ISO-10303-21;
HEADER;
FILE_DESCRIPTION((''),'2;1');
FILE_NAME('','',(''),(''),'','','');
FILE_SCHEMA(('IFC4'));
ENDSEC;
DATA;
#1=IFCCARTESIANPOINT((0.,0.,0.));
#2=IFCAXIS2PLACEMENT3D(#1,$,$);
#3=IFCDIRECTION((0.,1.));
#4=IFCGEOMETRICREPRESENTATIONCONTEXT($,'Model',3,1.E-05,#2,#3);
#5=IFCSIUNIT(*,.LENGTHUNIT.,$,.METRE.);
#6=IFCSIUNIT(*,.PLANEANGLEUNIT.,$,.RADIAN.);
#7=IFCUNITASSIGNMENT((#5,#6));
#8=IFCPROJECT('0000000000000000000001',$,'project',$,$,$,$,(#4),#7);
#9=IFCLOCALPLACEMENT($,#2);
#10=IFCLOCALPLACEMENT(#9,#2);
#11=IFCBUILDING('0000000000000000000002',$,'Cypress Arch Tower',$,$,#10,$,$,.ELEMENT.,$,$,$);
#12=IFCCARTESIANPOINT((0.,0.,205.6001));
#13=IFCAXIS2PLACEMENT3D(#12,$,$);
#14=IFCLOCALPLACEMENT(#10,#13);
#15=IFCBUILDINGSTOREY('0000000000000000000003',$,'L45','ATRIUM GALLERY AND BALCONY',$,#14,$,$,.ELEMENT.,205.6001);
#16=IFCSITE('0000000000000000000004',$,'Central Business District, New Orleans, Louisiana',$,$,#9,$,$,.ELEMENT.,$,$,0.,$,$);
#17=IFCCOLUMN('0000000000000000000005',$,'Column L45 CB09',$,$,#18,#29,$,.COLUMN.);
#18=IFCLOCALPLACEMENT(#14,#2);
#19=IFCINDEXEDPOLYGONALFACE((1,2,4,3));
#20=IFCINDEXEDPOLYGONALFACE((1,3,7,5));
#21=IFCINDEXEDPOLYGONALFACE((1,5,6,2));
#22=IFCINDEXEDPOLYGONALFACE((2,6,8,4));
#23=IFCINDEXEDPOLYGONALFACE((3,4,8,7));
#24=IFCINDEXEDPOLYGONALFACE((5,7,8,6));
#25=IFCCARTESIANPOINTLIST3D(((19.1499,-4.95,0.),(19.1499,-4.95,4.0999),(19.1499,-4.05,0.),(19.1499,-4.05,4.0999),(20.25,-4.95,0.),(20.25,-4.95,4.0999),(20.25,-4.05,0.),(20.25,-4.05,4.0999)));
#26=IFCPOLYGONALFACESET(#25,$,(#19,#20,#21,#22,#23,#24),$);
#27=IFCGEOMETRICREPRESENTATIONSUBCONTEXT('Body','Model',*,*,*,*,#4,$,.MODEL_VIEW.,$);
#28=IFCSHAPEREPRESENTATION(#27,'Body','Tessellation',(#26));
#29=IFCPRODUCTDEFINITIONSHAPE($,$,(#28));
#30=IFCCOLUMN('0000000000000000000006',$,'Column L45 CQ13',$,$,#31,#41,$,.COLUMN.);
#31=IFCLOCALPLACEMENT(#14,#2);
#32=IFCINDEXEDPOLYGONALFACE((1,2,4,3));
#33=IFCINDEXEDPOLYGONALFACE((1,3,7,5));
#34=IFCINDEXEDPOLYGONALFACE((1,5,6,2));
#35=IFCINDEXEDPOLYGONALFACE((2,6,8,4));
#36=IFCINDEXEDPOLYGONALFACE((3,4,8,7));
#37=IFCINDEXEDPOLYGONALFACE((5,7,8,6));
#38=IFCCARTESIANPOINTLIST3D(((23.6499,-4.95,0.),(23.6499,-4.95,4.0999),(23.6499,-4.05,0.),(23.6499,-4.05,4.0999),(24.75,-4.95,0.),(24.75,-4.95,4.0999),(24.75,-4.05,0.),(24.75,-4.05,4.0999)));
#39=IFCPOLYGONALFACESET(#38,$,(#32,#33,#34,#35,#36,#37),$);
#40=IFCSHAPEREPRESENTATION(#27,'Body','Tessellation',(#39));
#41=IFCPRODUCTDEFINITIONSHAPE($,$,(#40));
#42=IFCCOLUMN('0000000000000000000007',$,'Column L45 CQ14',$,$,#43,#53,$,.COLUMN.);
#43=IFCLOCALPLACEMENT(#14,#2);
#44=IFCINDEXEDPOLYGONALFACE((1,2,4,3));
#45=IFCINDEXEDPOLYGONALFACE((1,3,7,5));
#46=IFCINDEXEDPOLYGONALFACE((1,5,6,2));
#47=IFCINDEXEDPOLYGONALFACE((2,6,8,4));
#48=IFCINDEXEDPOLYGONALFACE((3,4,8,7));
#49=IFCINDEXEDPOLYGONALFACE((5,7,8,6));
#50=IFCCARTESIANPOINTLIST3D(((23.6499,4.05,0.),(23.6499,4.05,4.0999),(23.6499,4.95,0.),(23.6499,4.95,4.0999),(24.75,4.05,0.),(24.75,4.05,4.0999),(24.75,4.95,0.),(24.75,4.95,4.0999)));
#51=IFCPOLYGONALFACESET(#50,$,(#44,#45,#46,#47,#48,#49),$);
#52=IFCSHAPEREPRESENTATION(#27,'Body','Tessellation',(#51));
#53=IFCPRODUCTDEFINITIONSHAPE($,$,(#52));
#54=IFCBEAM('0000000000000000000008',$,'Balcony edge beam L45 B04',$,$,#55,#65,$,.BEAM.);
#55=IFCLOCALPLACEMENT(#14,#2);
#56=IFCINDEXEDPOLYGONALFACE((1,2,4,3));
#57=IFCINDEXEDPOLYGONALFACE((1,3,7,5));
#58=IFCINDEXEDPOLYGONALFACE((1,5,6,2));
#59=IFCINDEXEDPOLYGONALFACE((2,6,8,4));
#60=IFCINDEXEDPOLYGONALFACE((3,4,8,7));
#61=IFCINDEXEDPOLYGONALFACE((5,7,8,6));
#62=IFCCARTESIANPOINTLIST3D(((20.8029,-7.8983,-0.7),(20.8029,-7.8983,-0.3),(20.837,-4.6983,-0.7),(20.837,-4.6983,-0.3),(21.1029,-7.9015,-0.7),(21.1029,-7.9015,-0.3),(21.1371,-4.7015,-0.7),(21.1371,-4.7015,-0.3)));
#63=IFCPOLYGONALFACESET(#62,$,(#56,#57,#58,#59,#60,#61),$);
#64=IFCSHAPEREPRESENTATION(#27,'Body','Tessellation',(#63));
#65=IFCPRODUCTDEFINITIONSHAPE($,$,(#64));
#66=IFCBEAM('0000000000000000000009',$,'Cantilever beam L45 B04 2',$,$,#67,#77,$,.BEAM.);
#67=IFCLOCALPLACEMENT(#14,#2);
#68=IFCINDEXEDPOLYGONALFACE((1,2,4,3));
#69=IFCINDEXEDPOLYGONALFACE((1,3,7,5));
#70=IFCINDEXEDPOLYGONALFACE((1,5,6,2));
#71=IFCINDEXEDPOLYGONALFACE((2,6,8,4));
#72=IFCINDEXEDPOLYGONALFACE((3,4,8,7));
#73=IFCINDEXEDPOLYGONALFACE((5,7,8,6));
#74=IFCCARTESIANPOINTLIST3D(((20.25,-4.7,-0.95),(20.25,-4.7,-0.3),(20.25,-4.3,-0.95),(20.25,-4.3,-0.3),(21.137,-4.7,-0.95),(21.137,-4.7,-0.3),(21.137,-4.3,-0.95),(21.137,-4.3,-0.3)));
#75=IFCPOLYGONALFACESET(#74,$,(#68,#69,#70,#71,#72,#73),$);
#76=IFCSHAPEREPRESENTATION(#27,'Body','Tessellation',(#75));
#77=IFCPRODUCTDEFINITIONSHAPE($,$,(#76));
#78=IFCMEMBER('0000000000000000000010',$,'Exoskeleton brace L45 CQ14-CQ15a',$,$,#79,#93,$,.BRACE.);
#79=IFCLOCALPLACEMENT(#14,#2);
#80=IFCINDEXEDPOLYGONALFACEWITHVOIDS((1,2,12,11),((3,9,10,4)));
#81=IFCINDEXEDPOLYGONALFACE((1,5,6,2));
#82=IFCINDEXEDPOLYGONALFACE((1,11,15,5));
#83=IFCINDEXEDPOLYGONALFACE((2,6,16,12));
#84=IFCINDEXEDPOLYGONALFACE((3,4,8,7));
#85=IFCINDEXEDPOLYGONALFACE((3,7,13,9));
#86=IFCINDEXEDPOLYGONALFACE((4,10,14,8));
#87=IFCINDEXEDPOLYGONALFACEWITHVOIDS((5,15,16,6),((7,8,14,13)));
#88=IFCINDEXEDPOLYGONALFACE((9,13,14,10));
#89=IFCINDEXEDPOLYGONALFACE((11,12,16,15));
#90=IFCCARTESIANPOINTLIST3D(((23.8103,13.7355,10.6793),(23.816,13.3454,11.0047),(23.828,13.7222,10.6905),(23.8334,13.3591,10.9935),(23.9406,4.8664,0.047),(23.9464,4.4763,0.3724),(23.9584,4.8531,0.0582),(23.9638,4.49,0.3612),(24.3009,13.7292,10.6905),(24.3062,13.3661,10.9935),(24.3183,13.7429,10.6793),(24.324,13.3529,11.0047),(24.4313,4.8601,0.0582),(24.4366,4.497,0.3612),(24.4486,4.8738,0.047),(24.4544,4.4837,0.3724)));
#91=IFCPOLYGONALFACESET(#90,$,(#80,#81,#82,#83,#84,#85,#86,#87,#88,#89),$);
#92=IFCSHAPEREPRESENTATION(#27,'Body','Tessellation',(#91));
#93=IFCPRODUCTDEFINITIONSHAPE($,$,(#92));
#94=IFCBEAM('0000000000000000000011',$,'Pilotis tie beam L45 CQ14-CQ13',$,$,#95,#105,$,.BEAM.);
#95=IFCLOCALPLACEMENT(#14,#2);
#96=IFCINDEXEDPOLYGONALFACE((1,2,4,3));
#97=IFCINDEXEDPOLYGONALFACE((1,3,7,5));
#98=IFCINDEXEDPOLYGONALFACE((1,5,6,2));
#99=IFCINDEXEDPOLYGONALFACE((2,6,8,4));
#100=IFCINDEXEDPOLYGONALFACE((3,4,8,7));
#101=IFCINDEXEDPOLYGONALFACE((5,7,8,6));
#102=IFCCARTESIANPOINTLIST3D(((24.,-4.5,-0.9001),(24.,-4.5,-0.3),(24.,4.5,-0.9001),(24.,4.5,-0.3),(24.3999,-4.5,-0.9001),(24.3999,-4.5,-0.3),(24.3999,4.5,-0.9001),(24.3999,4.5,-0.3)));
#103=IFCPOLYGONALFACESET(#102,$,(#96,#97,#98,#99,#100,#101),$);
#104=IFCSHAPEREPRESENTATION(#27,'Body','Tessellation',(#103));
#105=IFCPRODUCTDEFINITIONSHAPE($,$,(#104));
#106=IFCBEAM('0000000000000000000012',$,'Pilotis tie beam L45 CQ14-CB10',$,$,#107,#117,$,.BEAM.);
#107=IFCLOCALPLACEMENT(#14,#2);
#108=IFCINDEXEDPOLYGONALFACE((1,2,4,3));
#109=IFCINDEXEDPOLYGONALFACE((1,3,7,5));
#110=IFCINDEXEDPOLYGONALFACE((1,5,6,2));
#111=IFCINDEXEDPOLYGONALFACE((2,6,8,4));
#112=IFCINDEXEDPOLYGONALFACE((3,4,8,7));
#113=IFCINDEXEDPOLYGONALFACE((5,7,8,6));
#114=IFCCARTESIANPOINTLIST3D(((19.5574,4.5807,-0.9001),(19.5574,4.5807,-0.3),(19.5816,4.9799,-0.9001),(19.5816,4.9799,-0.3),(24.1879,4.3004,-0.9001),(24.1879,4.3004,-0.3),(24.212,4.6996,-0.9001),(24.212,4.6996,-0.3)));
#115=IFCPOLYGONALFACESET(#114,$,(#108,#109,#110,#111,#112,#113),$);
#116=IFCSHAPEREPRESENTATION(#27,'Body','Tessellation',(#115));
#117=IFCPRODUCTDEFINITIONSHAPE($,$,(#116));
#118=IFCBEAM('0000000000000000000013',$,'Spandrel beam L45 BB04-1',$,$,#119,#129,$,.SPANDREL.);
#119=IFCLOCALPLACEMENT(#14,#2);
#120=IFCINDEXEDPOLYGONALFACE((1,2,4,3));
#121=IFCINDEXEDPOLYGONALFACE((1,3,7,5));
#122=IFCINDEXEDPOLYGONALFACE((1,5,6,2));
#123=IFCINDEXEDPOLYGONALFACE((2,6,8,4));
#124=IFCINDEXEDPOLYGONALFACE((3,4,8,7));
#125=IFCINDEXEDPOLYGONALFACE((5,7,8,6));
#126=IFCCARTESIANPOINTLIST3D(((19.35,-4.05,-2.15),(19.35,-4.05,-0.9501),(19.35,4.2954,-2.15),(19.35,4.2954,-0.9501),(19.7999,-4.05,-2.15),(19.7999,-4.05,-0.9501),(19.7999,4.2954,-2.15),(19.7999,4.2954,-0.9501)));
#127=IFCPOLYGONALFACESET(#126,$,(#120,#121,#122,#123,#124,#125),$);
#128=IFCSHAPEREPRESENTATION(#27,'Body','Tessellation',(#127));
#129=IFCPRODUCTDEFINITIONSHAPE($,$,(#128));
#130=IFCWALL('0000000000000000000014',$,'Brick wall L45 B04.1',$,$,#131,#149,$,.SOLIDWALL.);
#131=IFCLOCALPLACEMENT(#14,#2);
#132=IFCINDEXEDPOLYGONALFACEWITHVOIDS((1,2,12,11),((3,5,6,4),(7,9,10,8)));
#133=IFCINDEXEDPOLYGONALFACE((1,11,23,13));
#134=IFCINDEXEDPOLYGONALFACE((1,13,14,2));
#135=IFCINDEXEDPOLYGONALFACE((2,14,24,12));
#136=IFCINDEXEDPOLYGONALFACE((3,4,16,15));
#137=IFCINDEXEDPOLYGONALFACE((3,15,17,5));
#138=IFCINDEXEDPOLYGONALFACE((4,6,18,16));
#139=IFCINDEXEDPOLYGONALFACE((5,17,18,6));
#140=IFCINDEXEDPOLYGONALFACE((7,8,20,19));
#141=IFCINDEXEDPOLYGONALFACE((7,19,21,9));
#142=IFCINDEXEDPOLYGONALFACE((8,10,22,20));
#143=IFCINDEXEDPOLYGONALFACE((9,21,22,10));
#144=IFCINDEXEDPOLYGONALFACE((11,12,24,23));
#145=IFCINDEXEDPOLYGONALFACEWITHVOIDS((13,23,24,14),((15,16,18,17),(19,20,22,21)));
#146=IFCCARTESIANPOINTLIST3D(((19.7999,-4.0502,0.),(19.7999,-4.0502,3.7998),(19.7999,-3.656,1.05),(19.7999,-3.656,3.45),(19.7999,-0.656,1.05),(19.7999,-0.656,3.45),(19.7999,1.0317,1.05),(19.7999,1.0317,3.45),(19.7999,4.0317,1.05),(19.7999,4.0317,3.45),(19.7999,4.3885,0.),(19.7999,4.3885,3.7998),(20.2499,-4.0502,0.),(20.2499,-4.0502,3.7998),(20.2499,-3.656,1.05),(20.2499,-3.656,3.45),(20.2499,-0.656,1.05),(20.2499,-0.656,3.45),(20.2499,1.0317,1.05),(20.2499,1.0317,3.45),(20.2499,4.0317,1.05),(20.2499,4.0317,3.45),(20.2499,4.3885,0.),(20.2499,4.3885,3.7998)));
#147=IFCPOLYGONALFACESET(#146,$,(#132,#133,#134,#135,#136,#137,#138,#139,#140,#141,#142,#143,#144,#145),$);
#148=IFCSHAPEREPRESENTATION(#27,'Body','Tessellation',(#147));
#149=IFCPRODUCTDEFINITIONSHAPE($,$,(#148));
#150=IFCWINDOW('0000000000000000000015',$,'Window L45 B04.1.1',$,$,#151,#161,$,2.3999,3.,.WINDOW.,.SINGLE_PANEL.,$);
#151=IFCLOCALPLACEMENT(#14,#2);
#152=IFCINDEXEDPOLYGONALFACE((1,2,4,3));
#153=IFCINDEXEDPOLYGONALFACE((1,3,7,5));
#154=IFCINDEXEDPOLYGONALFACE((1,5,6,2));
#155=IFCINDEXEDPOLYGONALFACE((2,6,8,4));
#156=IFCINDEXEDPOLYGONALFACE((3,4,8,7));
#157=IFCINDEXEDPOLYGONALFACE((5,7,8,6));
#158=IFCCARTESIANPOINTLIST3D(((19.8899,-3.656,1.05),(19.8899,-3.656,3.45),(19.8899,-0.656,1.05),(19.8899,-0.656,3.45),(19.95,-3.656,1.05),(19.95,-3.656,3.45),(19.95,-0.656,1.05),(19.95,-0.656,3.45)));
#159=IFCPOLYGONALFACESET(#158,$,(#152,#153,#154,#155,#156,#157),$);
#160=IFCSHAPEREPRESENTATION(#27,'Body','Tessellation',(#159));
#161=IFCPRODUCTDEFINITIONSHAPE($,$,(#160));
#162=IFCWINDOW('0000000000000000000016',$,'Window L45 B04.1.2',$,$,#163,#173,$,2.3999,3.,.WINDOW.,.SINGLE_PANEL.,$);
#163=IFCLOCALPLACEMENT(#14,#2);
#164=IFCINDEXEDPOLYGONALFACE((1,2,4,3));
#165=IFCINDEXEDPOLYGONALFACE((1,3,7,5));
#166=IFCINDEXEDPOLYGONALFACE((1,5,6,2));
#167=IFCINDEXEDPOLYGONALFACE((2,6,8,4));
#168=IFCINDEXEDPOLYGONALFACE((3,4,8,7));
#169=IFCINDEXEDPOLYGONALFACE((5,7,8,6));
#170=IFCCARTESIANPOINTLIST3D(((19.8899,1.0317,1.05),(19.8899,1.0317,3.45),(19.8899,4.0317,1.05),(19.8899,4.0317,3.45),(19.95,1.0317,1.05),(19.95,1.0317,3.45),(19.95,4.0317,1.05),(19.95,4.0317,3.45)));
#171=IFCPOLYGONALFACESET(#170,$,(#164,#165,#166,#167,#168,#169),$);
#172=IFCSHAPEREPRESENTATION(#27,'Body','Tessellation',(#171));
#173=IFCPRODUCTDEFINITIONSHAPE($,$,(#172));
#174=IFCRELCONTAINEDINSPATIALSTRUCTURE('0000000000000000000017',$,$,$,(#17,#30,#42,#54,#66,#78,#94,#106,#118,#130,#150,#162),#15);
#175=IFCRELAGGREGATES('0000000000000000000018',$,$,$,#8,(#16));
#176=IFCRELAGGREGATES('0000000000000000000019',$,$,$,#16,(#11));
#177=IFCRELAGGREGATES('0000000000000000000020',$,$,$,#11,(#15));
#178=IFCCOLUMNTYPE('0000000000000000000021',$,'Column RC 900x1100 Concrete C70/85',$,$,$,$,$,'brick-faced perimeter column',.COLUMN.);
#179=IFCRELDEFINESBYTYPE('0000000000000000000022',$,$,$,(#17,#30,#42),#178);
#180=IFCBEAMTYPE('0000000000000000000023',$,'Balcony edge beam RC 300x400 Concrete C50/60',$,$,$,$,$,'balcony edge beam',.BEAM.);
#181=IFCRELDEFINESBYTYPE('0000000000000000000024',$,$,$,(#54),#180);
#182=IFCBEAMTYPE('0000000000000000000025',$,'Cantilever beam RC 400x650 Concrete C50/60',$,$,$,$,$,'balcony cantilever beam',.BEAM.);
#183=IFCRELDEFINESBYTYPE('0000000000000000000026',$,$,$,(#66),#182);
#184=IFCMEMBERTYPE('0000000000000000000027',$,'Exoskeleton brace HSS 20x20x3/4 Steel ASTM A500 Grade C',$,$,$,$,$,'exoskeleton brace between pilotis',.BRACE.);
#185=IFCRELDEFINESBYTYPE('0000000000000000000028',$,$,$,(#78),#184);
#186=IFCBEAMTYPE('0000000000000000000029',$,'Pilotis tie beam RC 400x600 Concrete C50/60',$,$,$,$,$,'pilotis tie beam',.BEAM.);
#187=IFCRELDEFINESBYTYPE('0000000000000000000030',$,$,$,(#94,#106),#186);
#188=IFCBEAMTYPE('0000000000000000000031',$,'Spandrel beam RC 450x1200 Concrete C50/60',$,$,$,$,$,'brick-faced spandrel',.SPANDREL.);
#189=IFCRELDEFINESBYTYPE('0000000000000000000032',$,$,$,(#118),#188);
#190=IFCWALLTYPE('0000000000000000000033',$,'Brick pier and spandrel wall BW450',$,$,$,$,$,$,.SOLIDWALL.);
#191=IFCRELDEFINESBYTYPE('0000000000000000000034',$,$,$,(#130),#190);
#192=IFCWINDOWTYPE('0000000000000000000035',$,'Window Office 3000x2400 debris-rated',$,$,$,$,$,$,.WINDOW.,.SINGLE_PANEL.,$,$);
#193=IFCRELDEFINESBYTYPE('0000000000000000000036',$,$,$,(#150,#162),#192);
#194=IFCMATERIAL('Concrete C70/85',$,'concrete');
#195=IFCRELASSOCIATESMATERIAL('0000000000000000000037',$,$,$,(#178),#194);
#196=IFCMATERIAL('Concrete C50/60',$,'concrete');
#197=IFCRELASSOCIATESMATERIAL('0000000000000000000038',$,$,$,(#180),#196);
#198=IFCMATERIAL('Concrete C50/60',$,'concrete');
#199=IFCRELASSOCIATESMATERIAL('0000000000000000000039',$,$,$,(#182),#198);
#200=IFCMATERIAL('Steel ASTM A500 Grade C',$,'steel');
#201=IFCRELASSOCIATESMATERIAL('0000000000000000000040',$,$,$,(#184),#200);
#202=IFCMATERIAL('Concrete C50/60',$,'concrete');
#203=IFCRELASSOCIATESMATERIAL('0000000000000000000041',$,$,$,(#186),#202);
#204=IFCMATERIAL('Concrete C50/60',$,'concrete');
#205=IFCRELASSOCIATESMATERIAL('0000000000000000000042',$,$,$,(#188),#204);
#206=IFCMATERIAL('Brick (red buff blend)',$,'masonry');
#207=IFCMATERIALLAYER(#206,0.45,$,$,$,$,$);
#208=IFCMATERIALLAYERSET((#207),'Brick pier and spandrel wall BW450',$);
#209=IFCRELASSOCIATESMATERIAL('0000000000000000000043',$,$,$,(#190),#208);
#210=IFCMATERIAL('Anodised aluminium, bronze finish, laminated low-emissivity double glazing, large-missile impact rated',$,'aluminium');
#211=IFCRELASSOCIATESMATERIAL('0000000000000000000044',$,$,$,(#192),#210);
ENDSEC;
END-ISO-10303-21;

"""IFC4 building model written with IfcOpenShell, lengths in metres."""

from ifc_helpers import new_model, si_unit, direction, frame, frame_2d, origin, origin_2d, place, context, subcontext, project, spatial, rectangle, hollow_rectangle, extrude, material, layer, layer_set, material_profile, profile_set, type_object, element, fill, save


model = new_model("IFC4")

# Units and contexts
model_context = context("Model", 3, precision=1e-05, world=origin(), true_north=direction((0.0, 1.0)))
body_context = subcontext(model_context, "Body", "Model", "MODEL_VIEW")
ifc_project = project(units=[si_unit("LENGTHUNIT", "METRE"), si_unit("PLANEANGLEUNIT", "RADIAN")], contexts=[model_context])

# Site, building, storey
site_placement = place(None, origin())
site = spatial("IfcSite", under=ifc_project, at=site_placement, Name="Central Business District, New Orleans, Louisiana", CompositionType="ELEMENT", RefElevation=0.0)
building_placement = place(site_placement, origin())
building = spatial("IfcBuilding", under=site, at=building_placement, Name="Cypress Arch Tower", CompositionType="ELEMENT")
storey_placement = place(building_placement, frame((0.0, 0.0, 205.6001)))
storey = spatial("IfcBuildingStorey", under=building, at=storey_placement, Name="L45", Description="ATRIUM GALLERY AND BALCONY", CompositionType="ELEMENT", Elevation=205.6001)

# Columns
ifc_material_1 = material(Name="Concrete C70/85", Category="concrete")
ifc_material_profile_1 = material_profile(ifc_material_1, rectangle(XDim=0.8999, YDim=1.1001, at=origin_2d()), Name="RC 900x1100")
ifc_profile_set_1 = profile_set([ifc_material_profile_1], Name="Concrete C70/85")
column_type = type_object("IfcColumnType", Name="Column RC 900x1100 Concrete C70/85", ElementType="brick-faced perimeter column", PredefinedType="COLUMN", material=ifc_profile_set_1)
for number, where, z_axis, x_axis, name in (
    (1, (19.7, -4.5, 0.0), (0.0, 0.0, 1.0), (0.0, 1.0, 0.0), "Column L45 CB09"),
    (2, (24.2, -4.5, 0.0), (0.0, 0.0, 1.0), (0.0, 1.0, 0.0), "Column L45 CQ13"),
    (3, (24.2, 4.5, 0.0), (0.0, 0.0, 1.0), (0.0, 1.0, 0.0), "Column L45 CQ14"),
):
    element("IfcColumn", number, at=place(storey_placement, frame(where, z_axis=z_axis, x_axis=x_axis)), inside=storey, type_object=column_type, Name=name, PredefinedType="COLUMN", context=body_context, shape_type="SweptSolid", body=[
        extrude(rectangle(XDim=0.8999, YDim=1.1001, at=origin_2d()), origin(), (0.0, 0.0, 1.0), 4.0999),
    ])

# Beams
ifc_material_2 = material(Name="Concrete C50/60", Category="concrete")
ifc_material_profile_2 = material_profile(ifc_material_2, rectangle(XDim=0.3, YDim=0.3999, at=origin_2d()), Name="RC 300x400")
ifc_profile_set_2 = profile_set([ifc_material_profile_2], Name="Concrete C50/60")
beam_type_1 = type_object("IfcBeamType", Name="Balcony edge beam RC 300x400 Concrete C50/60", ElementType="balcony edge beam", PredefinedType="BEAM", material=ifc_profile_set_2)
beam_1_placement = place(storey_placement, frame((20.9529, -7.8999, -0.5), z_axis=(0.010681, 0.999943, 0.0), x_axis=(-0.999943, 0.010681, 0.0)))
element("IfcBeam", 4, at=beam_1_placement, inside=storey, type_object=beam_type_1, Name="Balcony edge beam L45 B04", PredefinedType="BEAM", context=body_context, shape_type="SweptSolid", body=[
    extrude(rectangle(XDim=0.3, YDim=0.3999, at=origin_2d()), origin(), (0.0, 0.0, 1.0), 3.2002),
])
ifc_material_3 = material(Name="Concrete C50/60", Category="concrete")
ifc_material_profile_3 = material_profile(ifc_material_3, rectangle(XDim=0.3999, YDim=0.6499, at=origin_2d()), Name="RC 400x650")
ifc_profile_set_3 = profile_set([ifc_material_profile_3], Name="Concrete C50/60")
beam_type_2 = type_object("IfcBeamType", Name="Cantilever beam RC 400x650 Concrete C50/60", ElementType="balcony cantilever beam", PredefinedType="BEAM", material=ifc_profile_set_3)
beam_2_placement = place(storey_placement, frame((20.25, -4.5, -0.625), z_axis=(1.0, 0.0, 0.0), x_axis=(0.0, 1.0, 0.0)))
element("IfcBeam", 5, at=beam_2_placement, inside=storey, type_object=beam_type_2, Name="Cantilever beam L45 B04 2", PredefinedType="BEAM", context=body_context, shape_type="SweptSolid", body=[
    extrude(rectangle(XDim=0.3999, YDim=0.6499, at=origin_2d()), origin(), (0.0, 0.0, 1.0), 0.887),
])

# Member
ifc_material_4 = material(Name="Steel ASTM A500 Grade C", Category="steel")
ifc_material_profile_4 = material_profile(ifc_material_4, hollow_rectangle(XDim=0.5081, YDim=0.5081, WallThickness=0.0176, at=origin_2d()), Name="HSS 20x20x3/4")
ifc_profile_set_4 = profile_set([ifc_material_profile_4], Name="Steel ASTM A500 Grade C")
member_type = type_object("IfcMemberType", Name="Exoskeleton brace HSS 20x20x3/4 Steel ASTM A500 Grade C", ElementType="exoskeleton brace between pilotis", PredefinedType="BRACE", material=ifc_profile_set_4)
member_placement = place(storey_placement, frame((24.1975, 4.675, 0.2097), z_axis=(-0.009415, 0.640534, 0.767872), x_axis=(-0.999892, -0.014698, 0.0)))
element("IfcMember", 6, at=member_placement, inside=storey, type_object=member_type, Name="Exoskeleton brace L45 CQ14-CQ15a", PredefinedType="BRACE", context=body_context, shape_type="SweptSolid", body=[
    extrude(hollow_rectangle(XDim=0.5081, YDim=0.5081, WallThickness=0.0176, at=origin_2d()), origin(), (0.0, 0.0, 1.0), 13.8464),
])

# Beams
ifc_material_5 = material(Name="Concrete C50/60", Category="concrete")
ifc_material_profile_5 = material_profile(ifc_material_5, rectangle(XDim=0.3999, YDim=0.6001, at=origin_2d()), Name="RC 400x600")
ifc_profile_set_5 = profile_set([ifc_material_profile_5], Name="Concrete C50/60")
beam_type_3 = type_object("IfcBeamType", Name="Pilotis tie beam RC 400x600 Concrete C50/60", ElementType="pilotis tie beam", PredefinedType="BEAM", material=ifc_profile_set_5)
beam_3_placement = place(storey_placement, frame((24.2, 4.5, -0.6001), z_axis=(0.0, -1.0, 0.0), x_axis=(1.0, 0.0, 0.0)))
element("IfcBeam", 7, at=beam_3_placement, inside=storey, type_object=beam_type_3, Name="Pilotis tie beam L45 CQ14-CQ13", PredefinedType="BEAM", context=body_context, shape_type="SweptSolid", body=[
    extrude(rectangle(XDim=0.3999, YDim=0.6001, at=origin_2d()), origin(), (0.0, 0.0, 1.0), 9.0),
])
beam_4_placement = place(storey_placement, frame((24.2, 4.5, -0.6001), z_axis=(-0.998173, 0.060419, 0.0), x_axis=(-0.060419, -0.998173, 0.0)))
element("IfcBeam", 8, at=beam_4_placement, inside=storey, type_object=beam_type_3, Name="Pilotis tie beam L45 CQ14-CB10", PredefinedType="BEAM", context=body_context, shape_type="SweptSolid", body=[
    extrude(rectangle(XDim=0.3999, YDim=0.6001, at=origin_2d()), origin(), (0.0, 0.0, 1.0), 4.6389),
])
ifc_material_6 = material(Name="Concrete C50/60", Category="concrete")
ifc_material_profile_6 = material_profile(ifc_material_6, rectangle(XDim=0.45, YDim=1.2, at=origin_2d()), Name="RC 450x1200")
ifc_profile_set_6 = profile_set([ifc_material_profile_6], Name="Concrete C50/60")
beam_type_4 = type_object("IfcBeamType", Name="Spandrel beam RC 450x1200 Concrete C50/60", ElementType="brick-faced spandrel", PredefinedType="SPANDREL", material=ifc_profile_set_6)
beam_5_placement = place(storey_placement, frame((19.575, -4.05, -1.55), z_axis=(0.0, 1.0, 0.0), x_axis=(-1.0, 0.0, 0.0)))
element("IfcBeam", 9, at=beam_5_placement, inside=storey, type_object=beam_type_4, Name="Spandrel beam L45 BB04-1", PredefinedType="SPANDREL", context=body_context, shape_type="SweptSolid", body=[
    extrude(rectangle(XDim=0.45, YDim=1.2, at=origin_2d()), origin(), (0.0, 0.0, 1.0), 8.3455),
])

# Wall, openings, windows
ifc_material_7 = material(Name="Brick (red buff blend)", Category="masonry")
ifc_layer_1 = layer(ifc_material_7, 0.45)
ifc_layer_set_1 = layer_set([ifc_layer_1], Name="Brick pier and spandrel wall BW450")
wall_type_1 = type_object("IfcWallType", Name="Brick pier and spandrel wall BW450", PredefinedType="SOLIDWALL", material=ifc_layer_set_1)
wall_1_placement = place(storey_placement, frame((20.0249, -4.05, 0.0), z_axis=(0.0, 0.0, 1.0), x_axis=(0.0, 1.0, 0.0)))
wall_1 = element("IfcWall", 10, at=wall_1_placement, inside=storey, type_object=wall_type_1, Name="Brick wall L45 B04.1", PredefinedType="SOLIDWALL", context=body_context, shape_type="SweptSolid", body=[
    extrude(rectangle(XDim=8.4387, YDim=0.45, at=frame_2d((4.2192, 0.0))), origin(), (0.0, 0.0, 1.0), 3.7998),
])
opening_1_placement = place(wall_1_placement, frame((0.394, 0.0, 1.05)))
opening_1 = element("IfcOpeningElement", 11, at=opening_1_placement, cuts=wall_1, PredefinedType="OPENING", context=body_context, shape_type="SweptSolid", body=[
    extrude(rectangle(XDim=3.0, YDim=2.3999, at=frame_2d((1.5, 1.2))), frame((0.0, 0.2349, 0.0), z_axis=(0.0, -1.0, 0.0), x_axis=(1.0, 0.0, 0.0)), (0.0, 0.0, 1.0), 0.47),
])
opening_2_placement = place(wall_1_placement, frame((5.0818, 0.0, 1.05)))
opening_2 = element("IfcOpeningElement", 12, at=opening_2_placement, cuts=wall_1, PredefinedType="OPENING", context=body_context, shape_type="SweptSolid", body=[
    extrude(rectangle(XDim=3.0, YDim=2.3999, at=frame_2d((1.5, 1.2))), frame((0.0, 0.2349, 0.0), z_axis=(0.0, -1.0, 0.0), x_axis=(1.0, 0.0, 0.0)), (0.0, 0.0, 1.0), 0.47),
])
ifc_material_8 = material(Name="Anodised aluminium, bronze finish, laminated low-emissivity double glazing, large-missile impact rated", Category="aluminium")
window_type = type_object("IfcWindowType", Name="Window Office 3000x2400 debris-rated", PartitioningType="SINGLE_PANEL", PredefinedType="WINDOW", material=ifc_material_8)
window_1_placement = place(opening_1_placement, origin())
window_1 = element("IfcWindow", 13, at=window_1_placement, inside=storey, type_object=window_type, Name="Window L45 B04.1.1", OverallHeight=2.3999, OverallWidth=3.0, PartitioningType="SINGLE_PANEL", PredefinedType="WINDOW", context=body_context, shape_type="SweptSolid", body=[
    extrude(rectangle(XDim=3.0, YDim=2.3999, at=frame_2d((1.5, 1.2))), frame((0.0, 0.135, 0.0), z_axis=(0.0, -1.0, 0.0), x_axis=(1.0, 0.0, 0.0)), (0.0, 0.0, 1.0), 0.0601),
])
fill(opening_1, window_1)
window_2_placement = place(opening_2_placement, origin())
window_2 = element("IfcWindow", 14, at=window_2_placement, inside=storey, type_object=window_type, Name="Window L45 B04.1.2", OverallHeight=2.3999, OverallWidth=3.0, PartitioningType="SINGLE_PANEL", PredefinedType="WINDOW", context=body_context, shape_type="SweptSolid", body=[
    extrude(rectangle(XDim=3.0, YDim=2.3999, at=frame_2d((1.5, 1.2))), frame((0.0, 0.135, 0.0), z_axis=(0.0, -1.0, 0.0), x_axis=(1.0, 0.0, 0.0)), (0.0, 0.0, 1.0), 0.0601),
])
fill(opening_2, window_2)

save(model, "model.ifc")
